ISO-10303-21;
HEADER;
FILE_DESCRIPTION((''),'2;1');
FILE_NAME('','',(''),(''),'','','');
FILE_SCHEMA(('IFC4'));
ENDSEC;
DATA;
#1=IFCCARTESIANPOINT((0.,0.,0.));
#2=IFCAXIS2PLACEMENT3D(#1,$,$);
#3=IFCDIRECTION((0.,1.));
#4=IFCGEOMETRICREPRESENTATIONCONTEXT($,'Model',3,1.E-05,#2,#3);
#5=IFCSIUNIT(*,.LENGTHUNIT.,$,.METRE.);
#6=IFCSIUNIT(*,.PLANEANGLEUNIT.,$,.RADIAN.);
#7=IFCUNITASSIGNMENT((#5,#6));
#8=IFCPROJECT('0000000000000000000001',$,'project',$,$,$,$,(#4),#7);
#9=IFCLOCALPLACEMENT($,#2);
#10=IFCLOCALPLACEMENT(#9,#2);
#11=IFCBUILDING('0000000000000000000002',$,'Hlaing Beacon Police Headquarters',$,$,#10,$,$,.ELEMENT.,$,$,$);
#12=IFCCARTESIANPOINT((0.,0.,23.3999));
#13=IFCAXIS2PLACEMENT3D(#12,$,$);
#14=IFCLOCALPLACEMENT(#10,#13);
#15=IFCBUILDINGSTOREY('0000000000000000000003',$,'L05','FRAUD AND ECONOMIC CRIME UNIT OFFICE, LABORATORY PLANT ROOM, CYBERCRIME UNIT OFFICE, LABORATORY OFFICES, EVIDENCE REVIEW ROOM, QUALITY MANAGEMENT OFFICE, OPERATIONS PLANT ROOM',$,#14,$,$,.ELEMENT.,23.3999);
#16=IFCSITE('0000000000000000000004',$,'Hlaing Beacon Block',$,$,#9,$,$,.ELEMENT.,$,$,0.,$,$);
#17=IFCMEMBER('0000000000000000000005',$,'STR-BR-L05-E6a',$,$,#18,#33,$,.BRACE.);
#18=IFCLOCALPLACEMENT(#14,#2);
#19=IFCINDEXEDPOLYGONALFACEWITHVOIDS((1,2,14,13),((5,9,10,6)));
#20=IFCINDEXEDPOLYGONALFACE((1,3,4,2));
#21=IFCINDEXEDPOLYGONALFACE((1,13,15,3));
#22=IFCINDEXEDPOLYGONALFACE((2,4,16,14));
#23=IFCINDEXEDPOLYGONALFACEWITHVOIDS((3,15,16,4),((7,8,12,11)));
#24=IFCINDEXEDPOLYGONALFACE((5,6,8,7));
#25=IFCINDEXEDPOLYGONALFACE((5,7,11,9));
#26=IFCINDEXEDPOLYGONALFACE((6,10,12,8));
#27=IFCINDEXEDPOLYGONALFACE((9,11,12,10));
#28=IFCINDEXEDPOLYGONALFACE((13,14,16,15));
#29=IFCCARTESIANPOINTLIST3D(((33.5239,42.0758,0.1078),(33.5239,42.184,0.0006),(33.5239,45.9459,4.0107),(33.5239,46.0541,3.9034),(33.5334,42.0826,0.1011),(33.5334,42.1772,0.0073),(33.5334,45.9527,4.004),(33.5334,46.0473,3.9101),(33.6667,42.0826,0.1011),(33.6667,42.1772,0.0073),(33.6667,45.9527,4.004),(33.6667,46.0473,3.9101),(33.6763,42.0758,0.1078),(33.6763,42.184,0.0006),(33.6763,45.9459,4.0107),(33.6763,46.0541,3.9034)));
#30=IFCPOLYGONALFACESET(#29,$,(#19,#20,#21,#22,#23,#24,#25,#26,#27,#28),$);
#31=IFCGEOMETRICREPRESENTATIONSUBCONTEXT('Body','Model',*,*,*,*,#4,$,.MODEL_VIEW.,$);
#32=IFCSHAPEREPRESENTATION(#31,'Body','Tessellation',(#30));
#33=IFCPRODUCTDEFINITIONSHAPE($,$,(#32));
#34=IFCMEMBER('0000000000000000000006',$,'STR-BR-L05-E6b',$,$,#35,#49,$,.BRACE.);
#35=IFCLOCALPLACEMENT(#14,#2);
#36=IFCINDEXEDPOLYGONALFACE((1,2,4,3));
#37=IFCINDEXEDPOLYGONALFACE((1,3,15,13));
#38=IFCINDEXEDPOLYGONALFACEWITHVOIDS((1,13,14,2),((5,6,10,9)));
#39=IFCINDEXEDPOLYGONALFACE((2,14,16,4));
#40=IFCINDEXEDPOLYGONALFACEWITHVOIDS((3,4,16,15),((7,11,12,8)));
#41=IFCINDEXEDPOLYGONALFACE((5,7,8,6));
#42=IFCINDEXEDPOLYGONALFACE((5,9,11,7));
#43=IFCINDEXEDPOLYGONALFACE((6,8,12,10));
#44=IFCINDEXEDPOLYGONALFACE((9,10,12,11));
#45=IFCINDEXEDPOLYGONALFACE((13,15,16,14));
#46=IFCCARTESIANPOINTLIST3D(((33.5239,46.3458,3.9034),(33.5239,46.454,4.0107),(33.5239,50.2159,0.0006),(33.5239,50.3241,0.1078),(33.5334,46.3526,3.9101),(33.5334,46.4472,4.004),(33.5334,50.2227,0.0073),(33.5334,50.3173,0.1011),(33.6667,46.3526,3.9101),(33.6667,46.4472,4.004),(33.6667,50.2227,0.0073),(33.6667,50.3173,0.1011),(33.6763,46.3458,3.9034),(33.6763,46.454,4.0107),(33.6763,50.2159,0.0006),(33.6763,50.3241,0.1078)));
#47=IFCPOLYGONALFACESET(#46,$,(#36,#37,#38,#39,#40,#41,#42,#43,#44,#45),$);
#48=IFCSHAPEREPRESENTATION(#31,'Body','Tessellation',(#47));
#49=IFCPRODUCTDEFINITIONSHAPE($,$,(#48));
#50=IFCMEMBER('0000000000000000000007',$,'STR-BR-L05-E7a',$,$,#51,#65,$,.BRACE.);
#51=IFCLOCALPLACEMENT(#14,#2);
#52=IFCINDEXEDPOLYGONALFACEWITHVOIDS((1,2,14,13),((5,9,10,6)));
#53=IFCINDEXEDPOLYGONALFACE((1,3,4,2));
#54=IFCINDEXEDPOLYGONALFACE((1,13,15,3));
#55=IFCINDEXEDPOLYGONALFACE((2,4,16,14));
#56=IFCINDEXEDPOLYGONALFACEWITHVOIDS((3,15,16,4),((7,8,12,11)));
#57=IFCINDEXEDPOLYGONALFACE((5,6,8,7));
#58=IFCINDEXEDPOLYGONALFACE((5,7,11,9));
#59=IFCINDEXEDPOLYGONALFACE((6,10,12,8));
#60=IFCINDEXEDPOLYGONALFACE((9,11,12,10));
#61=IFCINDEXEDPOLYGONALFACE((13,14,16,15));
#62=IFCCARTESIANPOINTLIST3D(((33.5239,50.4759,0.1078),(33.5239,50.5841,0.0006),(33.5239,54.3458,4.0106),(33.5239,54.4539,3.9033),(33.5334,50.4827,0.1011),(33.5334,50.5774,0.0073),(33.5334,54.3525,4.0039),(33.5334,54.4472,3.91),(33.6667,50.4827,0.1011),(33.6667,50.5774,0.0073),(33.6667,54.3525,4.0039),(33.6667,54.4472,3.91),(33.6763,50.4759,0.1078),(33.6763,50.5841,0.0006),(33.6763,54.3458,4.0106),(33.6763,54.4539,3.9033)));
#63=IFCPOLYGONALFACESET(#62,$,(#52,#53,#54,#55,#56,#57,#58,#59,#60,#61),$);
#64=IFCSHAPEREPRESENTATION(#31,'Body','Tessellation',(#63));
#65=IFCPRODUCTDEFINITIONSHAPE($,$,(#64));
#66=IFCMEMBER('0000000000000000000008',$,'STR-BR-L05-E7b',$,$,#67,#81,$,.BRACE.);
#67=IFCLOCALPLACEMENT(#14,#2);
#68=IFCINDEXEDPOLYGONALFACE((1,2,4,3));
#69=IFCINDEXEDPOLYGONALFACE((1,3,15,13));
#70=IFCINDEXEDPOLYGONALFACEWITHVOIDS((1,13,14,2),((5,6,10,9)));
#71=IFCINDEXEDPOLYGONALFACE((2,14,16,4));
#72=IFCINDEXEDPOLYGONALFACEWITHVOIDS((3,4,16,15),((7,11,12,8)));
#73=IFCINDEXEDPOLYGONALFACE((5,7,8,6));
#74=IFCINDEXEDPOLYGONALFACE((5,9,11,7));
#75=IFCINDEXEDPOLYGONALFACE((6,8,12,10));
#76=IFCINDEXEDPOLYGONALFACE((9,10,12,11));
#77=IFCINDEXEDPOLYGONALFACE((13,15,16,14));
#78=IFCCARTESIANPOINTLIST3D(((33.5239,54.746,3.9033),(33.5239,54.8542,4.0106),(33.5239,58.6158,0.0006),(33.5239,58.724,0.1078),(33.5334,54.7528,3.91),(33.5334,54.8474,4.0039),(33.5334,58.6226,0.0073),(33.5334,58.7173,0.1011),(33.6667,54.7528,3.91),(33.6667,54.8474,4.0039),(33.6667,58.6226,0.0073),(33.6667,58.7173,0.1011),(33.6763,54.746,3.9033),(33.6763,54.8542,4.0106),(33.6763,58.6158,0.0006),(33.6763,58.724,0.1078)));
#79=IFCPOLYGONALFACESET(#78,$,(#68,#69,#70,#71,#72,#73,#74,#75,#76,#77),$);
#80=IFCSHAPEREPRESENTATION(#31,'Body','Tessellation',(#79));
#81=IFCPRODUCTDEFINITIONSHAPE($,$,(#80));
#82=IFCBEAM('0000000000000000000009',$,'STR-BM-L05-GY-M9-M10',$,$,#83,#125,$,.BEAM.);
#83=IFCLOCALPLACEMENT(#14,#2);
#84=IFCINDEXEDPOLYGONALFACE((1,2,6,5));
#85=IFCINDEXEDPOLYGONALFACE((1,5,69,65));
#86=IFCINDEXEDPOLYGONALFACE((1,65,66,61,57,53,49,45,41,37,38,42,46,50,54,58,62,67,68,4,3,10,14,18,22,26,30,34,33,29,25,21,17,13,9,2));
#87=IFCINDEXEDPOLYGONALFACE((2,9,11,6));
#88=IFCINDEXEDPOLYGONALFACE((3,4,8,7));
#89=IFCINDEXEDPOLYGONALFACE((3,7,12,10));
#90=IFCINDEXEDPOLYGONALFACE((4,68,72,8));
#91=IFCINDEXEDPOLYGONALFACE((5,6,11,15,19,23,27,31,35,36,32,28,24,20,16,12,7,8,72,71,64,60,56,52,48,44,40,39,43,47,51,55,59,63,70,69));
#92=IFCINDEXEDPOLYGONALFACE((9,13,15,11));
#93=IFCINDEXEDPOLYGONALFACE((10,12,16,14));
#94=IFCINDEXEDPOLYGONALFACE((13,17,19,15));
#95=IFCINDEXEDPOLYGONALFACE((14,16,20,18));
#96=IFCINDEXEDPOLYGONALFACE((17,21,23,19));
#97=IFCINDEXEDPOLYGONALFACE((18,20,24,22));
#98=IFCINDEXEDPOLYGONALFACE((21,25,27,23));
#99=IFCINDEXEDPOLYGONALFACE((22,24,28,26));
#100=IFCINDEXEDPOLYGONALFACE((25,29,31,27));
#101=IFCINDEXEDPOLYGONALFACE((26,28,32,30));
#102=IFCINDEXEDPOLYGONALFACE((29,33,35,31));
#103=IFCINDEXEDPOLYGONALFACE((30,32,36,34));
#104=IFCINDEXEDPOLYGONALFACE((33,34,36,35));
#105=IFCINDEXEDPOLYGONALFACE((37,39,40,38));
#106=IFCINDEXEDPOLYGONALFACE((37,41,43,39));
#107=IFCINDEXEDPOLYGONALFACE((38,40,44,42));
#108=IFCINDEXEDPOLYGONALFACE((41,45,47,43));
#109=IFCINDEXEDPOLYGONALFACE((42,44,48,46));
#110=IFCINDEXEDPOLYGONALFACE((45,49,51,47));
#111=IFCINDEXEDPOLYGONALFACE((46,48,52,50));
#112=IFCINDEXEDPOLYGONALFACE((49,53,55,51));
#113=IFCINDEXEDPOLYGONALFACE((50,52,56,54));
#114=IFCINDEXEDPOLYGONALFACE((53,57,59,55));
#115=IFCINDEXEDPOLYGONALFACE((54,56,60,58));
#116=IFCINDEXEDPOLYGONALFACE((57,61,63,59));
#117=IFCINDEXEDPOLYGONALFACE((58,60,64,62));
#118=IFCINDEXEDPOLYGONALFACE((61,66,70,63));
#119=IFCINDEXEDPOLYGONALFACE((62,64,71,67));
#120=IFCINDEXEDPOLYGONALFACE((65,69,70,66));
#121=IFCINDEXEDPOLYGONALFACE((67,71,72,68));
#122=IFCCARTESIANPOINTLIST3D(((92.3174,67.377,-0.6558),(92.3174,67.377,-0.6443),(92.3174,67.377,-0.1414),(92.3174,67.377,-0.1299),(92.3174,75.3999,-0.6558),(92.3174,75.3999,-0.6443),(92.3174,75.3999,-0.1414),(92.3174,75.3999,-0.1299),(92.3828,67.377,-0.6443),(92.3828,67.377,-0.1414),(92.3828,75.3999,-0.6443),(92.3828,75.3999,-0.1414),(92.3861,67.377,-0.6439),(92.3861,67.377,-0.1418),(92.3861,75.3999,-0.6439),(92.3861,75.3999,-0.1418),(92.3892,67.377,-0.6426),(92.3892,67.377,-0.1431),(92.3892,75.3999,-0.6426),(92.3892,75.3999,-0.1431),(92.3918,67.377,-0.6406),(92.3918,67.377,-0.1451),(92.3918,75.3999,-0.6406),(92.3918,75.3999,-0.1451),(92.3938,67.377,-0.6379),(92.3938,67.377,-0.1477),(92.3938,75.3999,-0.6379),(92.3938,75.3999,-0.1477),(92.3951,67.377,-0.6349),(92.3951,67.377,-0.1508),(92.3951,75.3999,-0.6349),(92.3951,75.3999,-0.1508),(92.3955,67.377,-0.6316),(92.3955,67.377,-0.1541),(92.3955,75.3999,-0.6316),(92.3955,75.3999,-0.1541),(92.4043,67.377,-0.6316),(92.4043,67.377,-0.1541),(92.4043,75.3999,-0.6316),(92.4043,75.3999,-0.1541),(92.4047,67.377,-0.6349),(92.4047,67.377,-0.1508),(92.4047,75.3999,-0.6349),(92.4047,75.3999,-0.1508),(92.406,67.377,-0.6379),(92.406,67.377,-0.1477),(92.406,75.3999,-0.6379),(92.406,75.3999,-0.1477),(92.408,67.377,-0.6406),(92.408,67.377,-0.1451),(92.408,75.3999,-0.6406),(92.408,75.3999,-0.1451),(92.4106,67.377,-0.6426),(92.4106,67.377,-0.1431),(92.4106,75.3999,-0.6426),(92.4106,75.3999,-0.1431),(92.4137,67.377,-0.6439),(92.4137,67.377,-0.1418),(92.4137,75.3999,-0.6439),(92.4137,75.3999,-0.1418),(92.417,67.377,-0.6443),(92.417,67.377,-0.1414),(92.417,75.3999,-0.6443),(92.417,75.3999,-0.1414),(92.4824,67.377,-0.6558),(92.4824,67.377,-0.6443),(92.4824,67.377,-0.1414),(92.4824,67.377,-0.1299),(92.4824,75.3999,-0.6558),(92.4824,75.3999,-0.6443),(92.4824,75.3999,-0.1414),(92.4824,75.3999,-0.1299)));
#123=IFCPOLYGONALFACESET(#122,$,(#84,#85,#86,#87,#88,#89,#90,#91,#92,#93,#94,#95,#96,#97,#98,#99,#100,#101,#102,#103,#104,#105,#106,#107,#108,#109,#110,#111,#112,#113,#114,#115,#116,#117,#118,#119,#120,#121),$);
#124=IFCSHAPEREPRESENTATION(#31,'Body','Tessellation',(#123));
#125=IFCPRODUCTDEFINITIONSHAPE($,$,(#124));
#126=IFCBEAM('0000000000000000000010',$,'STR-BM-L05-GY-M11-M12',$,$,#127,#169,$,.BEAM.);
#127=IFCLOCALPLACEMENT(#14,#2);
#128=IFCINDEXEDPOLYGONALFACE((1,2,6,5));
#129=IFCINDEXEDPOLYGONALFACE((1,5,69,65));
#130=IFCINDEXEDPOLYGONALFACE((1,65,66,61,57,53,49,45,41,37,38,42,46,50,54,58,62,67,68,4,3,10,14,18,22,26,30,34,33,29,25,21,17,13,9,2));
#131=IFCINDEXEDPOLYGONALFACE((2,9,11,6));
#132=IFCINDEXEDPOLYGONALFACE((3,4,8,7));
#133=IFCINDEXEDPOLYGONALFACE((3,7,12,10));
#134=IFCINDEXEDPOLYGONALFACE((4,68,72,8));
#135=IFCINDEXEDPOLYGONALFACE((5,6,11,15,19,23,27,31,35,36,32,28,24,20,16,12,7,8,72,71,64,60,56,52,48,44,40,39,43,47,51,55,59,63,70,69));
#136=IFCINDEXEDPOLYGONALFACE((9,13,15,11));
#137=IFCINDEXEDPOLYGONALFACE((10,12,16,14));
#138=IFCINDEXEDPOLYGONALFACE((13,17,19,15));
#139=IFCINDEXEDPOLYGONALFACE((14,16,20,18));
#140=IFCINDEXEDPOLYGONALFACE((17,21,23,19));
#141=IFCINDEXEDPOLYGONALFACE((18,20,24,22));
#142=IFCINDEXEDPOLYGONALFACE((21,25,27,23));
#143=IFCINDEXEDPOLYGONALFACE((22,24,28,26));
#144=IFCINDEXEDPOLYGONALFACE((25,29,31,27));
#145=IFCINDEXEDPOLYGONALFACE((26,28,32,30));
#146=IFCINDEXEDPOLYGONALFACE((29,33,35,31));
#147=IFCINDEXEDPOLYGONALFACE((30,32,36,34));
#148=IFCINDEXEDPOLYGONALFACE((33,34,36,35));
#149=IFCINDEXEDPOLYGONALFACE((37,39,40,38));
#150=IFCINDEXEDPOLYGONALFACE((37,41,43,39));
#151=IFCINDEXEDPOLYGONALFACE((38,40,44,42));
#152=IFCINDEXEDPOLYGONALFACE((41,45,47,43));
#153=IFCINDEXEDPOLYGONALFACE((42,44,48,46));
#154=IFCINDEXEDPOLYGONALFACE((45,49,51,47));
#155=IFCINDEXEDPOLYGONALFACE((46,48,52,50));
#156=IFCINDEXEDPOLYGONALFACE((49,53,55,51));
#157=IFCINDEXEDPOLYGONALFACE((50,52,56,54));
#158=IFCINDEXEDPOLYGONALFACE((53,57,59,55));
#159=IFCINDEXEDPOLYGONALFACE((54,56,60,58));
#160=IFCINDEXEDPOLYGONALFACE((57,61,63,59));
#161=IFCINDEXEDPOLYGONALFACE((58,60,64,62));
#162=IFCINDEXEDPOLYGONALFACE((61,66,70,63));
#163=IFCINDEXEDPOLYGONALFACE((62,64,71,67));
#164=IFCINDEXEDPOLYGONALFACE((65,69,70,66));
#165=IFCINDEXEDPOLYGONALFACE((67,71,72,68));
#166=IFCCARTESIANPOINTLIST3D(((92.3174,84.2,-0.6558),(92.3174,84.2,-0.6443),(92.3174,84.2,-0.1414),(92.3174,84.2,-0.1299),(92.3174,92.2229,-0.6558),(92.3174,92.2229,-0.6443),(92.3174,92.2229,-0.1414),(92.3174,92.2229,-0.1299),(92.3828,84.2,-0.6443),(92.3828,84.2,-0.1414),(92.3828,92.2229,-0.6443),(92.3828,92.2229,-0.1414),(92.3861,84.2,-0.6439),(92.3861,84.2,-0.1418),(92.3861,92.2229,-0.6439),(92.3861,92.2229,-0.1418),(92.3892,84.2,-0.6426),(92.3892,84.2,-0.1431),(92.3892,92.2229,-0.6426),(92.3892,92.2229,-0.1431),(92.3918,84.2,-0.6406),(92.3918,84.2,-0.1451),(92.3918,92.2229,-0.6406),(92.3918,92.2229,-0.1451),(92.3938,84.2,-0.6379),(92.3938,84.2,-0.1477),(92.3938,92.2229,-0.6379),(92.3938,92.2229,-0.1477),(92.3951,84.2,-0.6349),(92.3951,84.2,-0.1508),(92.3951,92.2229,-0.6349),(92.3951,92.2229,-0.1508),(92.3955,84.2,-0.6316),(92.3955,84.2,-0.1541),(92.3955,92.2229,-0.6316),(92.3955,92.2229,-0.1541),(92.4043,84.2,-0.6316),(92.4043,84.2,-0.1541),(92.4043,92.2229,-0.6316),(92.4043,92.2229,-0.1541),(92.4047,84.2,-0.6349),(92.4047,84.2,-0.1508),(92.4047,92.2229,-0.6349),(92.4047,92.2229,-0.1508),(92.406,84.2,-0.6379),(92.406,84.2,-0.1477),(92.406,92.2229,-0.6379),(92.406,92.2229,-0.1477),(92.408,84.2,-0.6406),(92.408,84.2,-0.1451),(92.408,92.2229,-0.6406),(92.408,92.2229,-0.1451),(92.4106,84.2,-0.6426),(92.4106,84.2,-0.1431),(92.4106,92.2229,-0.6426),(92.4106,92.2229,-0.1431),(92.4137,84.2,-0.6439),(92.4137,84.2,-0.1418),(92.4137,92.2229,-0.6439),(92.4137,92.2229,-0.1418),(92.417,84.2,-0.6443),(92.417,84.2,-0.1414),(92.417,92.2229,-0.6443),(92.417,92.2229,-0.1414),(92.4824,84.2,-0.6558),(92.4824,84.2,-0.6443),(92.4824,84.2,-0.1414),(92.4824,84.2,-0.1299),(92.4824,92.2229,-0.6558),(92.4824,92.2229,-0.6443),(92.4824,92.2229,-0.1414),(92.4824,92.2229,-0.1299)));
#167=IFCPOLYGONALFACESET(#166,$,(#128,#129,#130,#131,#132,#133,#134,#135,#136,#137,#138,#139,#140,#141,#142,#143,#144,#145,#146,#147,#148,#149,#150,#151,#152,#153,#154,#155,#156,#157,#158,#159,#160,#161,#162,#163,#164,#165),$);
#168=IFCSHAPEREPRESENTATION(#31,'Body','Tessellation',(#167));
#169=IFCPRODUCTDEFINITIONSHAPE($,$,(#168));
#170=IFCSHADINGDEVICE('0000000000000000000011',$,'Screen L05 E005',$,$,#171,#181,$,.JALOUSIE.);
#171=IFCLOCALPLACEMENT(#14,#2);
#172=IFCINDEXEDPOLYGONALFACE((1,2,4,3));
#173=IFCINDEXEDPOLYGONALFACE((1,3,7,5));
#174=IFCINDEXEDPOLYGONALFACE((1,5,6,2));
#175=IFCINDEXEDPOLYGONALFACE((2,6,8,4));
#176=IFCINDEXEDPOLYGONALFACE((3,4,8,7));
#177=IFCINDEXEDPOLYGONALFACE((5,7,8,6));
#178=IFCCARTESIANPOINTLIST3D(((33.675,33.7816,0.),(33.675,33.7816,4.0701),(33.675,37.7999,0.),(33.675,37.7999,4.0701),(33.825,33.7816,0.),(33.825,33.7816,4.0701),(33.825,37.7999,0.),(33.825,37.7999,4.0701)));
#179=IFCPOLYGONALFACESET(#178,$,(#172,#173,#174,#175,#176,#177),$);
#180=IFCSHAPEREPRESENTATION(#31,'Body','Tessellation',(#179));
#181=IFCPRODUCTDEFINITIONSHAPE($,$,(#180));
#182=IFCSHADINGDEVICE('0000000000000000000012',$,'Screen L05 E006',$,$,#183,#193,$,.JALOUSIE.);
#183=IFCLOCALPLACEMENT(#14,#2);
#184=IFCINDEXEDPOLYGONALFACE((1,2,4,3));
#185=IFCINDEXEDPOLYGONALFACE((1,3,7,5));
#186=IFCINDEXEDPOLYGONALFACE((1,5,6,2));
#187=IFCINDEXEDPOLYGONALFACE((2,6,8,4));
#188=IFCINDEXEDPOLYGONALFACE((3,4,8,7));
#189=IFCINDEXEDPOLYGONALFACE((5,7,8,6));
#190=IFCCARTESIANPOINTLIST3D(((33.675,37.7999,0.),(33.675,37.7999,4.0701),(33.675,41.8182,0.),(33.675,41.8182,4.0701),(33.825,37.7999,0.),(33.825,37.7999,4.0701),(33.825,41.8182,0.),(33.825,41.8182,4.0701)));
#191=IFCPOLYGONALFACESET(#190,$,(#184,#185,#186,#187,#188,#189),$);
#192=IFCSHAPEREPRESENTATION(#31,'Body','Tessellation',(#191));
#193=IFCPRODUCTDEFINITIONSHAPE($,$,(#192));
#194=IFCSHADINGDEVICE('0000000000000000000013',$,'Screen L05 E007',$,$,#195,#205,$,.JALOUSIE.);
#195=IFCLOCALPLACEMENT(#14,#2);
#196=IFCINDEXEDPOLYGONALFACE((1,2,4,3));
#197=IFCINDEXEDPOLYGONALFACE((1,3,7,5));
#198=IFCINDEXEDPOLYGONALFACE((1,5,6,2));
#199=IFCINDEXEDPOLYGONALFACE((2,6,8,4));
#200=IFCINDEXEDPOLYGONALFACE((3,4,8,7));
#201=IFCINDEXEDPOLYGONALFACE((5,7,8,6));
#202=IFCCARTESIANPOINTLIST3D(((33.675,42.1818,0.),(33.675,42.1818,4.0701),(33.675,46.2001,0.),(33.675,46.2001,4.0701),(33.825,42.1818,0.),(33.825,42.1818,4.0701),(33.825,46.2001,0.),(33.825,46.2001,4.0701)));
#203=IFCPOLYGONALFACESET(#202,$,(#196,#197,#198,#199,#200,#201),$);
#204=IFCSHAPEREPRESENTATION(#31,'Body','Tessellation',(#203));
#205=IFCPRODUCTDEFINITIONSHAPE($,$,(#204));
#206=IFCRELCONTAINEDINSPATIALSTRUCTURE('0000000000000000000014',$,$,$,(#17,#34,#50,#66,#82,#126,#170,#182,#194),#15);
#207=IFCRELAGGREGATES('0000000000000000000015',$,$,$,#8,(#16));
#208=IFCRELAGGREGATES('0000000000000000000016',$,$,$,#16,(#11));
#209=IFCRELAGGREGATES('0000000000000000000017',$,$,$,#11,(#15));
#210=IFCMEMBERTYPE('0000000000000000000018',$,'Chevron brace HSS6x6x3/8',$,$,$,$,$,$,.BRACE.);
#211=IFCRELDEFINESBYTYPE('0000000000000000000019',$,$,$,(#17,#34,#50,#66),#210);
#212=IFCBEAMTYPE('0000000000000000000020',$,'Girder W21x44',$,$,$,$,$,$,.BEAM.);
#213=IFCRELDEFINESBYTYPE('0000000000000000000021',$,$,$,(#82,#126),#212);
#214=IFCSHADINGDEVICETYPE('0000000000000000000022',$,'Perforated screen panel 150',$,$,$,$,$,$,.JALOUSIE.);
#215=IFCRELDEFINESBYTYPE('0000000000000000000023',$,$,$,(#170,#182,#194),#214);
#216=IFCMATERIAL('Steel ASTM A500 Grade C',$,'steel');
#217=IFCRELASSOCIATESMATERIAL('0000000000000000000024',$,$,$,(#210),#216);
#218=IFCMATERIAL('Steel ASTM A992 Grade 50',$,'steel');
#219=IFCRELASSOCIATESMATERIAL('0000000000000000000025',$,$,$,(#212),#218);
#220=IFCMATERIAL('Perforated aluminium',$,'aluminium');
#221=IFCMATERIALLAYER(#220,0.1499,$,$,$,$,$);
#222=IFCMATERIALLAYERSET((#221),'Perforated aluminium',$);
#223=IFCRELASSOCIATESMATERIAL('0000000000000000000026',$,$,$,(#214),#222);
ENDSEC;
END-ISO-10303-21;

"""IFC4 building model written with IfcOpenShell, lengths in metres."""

from ifc_helpers import new_model, si_unit, direction, frame, origin, origin_2d, place, context, subcontext, project, spatial, rectangle, hollow_rectangle, i_section, extrude, material, layer, layer_set, material_profile, profile_set, type_object, element, save


model = new_model("IFC4")

# Units and contexts
model_context = context("Model", 3, precision=1e-05, world=origin(), true_north=direction((0.0, 1.0)))
body_context = subcontext(model_context, "Body", "Model", "MODEL_VIEW")
ifc_project = project(units=[si_unit("LENGTHUNIT", "METRE"), si_unit("PLANEANGLEUNIT", "RADIAN")], contexts=[model_context])

# Site, building, storey
site_placement = place(None, origin())
site = spatial("IfcSite", under=ifc_project, at=site_placement, Name="Hlaing Beacon Block", CompositionType="ELEMENT", RefElevation=0.0)
building_placement = place(site_placement, origin())
building = spatial("IfcBuilding", under=site, at=building_placement, Name="Hlaing Beacon Police Headquarters", CompositionType="ELEMENT")
storey_placement = place(building_placement, frame((0.0, 0.0, 23.3999)))
storey = spatial("IfcBuildingStorey", under=building, at=storey_placement, Name="L05", Description="FRAUD AND ECONOMIC CRIME UNIT OFFICE, LABORATORY PLANT ROOM, CYBERCRIME UNIT OFFICE, LABORATORY OFFICES, EVIDENCE REVIEW ROOM, QUALITY MANAGEMENT OFFICE, OPERATIONS PLANT ROOM", CompositionType="ELEMENT", Elevation=23.3999)

# Members
ifc_material_1 = material(Name="Steel ASTM A500 Grade C", Category="steel")
ifc_material_profile_1 = material_profile(ifc_material_1, hollow_rectangle(XDim=0.1523, YDim=0.1523, WallThickness=0.0095, at=origin_2d()), Name="HSS6x6x3/8")
ifc_profile_set_1 = profile_set([ifc_material_profile_1], Name="Steel ASTM A500 Grade C")
member_type = type_object("IfcMemberType", Name="Chevron brace HSS6x6x3/8", PredefinedType="BRACE", material=ifc_profile_set_1)
for number, where, z_axis, x_axis, name in (
    (1, (33.6001, 42.1299, 0.0542), (0.0, 0.704124, 0.710077), (-1.0, 0.0, 0.0), "STR-BR-L05-E6a"),
    (2, (33.6001, 50.27, 0.0542), (0.0, -0.704124, 0.710077), (1.0, 0.0, 0.0), "STR-BR-L05-E6b"),
):
    element("IfcMember", number, at=place(storey_placement, frame(where, z_axis=z_axis, x_axis=x_axis)), inside=storey, type_object=member_type, Name=name, PredefinedType="BRACE", context=body_context, shape_type="SweptSolid", body=[
        extrude(hollow_rectangle(XDim=0.1523, YDim=0.1523, WallThickness=0.0095, at=origin_2d()), origin(), (0.0, 0.0, 1.0), 5.4963),
    ])
for number, where, z_axis, x_axis, name in (
    (3, (33.6001, 50.53, 0.0542), (0.0, 0.704102, 0.710099), (-1.0, 0.0, 0.0), "STR-BR-L05-E7a"),
    (4, (33.6001, 58.6699, 0.0542), (0.0, -0.704102, 0.710099), (1.0, 0.0, 0.0), "STR-BR-L05-E7b"),
):
    element("IfcMember", number, at=place(storey_placement, frame(where, z_axis=z_axis, x_axis=x_axis)), inside=storey, type_object=member_type, Name=name, PredefinedType="BRACE", context=body_context, shape_type="SweptSolid", body=[
        extrude(hollow_rectangle(XDim=0.1523, YDim=0.1523, WallThickness=0.0095, at=origin_2d()), origin(), (0.0, 0.0, 1.0), 5.4961),
    ])

# Beams
ifc_material_2 = material(Name="Steel ASTM A992 Grade 50", Category="steel")
ifc_material_profile_2 = material_profile(ifc_material_2, i_section(OverallWidth=0.165, OverallDepth=0.5259, WebThickness=0.0088, FlangeThickness=0.0115, FilletRadius=0.0127, at=origin_2d()), Name="W21x44")
ifc_profile_set_2 = profile_set([ifc_material_profile_2], Name="Steel ASTM A992 Grade 50")
beam_type = type_object("IfcBeamType", Name="Girder W21x44", PredefinedType="BEAM", material=ifc_profile_set_2)
for number, where, z_axis, x_axis, name in (
    (5, (92.3999, 67.377, -0.3928), (0.0, 1.0, 0.0), (-1.0, 0.0, 0.0), "STR-BM-L05-GY-M9-M10"),
    (6, (92.3999, 84.2, -0.3928), (0.0, 1.0, 0.0), (-1.0, 0.0, 0.0), "STR-BM-L05-GY-M11-M12"),
):
    element("IfcBeam", number, at=place(storey_placement, frame(where, z_axis=z_axis, x_axis=x_axis)), inside=storey, type_object=beam_type, Name=name, PredefinedType="BEAM", context=body_context, shape_type="SweptSolid", body=[
        extrude(i_section(OverallWidth=0.165, OverallDepth=0.5259, WebThickness=0.0088, FlangeThickness=0.0115, FilletRadius=0.0127, at=origin_2d()), origin(), (0.0, 0.0, 1.0), 8.0229),
    ])

# Shading devices
ifc_material_3 = material(Name="Perforated aluminium", Category="aluminium")
ifc_layer = layer(ifc_material_3, 0.1499)
ifc_layer_set = layer_set([ifc_layer], Name="Perforated aluminium")
shading_device_type = type_object("IfcShadingDeviceType", Name="Perforated screen panel 150", PredefinedType="JALOUSIE", material=ifc_layer_set)
for number, where, z_axis, x_axis, name in (
    (7, (33.75, 35.7908, 0.0), (0.0, 0.0, 1.0), (0.0, 1.0, 0.0), "Screen L05 E005"),
    (8, (33.75, 39.8091, 0.0), (0.0, 0.0, 1.0), (0.0, 1.0, 0.0), "Screen L05 E006"),
    (9, (33.75, 44.1909, 0.0), (0.0, 0.0, 1.0), (0.0, 1.0, 0.0), "Screen L05 E007"),
):
    element("IfcShadingDevice", number, at=place(storey_placement, frame(where, z_axis=z_axis, x_axis=x_axis)), inside=storey, type_object=shading_device_type, Name=name, PredefinedType="JALOUSIE", context=body_context, shape_type="SweptSolid", body=[
        extrude(rectangle(XDim=4.0183, YDim=0.1499, at=origin_2d()), origin(), (0.0, 0.0, 1.0), 4.0701),
    ])

save(model, "model.ifc")
